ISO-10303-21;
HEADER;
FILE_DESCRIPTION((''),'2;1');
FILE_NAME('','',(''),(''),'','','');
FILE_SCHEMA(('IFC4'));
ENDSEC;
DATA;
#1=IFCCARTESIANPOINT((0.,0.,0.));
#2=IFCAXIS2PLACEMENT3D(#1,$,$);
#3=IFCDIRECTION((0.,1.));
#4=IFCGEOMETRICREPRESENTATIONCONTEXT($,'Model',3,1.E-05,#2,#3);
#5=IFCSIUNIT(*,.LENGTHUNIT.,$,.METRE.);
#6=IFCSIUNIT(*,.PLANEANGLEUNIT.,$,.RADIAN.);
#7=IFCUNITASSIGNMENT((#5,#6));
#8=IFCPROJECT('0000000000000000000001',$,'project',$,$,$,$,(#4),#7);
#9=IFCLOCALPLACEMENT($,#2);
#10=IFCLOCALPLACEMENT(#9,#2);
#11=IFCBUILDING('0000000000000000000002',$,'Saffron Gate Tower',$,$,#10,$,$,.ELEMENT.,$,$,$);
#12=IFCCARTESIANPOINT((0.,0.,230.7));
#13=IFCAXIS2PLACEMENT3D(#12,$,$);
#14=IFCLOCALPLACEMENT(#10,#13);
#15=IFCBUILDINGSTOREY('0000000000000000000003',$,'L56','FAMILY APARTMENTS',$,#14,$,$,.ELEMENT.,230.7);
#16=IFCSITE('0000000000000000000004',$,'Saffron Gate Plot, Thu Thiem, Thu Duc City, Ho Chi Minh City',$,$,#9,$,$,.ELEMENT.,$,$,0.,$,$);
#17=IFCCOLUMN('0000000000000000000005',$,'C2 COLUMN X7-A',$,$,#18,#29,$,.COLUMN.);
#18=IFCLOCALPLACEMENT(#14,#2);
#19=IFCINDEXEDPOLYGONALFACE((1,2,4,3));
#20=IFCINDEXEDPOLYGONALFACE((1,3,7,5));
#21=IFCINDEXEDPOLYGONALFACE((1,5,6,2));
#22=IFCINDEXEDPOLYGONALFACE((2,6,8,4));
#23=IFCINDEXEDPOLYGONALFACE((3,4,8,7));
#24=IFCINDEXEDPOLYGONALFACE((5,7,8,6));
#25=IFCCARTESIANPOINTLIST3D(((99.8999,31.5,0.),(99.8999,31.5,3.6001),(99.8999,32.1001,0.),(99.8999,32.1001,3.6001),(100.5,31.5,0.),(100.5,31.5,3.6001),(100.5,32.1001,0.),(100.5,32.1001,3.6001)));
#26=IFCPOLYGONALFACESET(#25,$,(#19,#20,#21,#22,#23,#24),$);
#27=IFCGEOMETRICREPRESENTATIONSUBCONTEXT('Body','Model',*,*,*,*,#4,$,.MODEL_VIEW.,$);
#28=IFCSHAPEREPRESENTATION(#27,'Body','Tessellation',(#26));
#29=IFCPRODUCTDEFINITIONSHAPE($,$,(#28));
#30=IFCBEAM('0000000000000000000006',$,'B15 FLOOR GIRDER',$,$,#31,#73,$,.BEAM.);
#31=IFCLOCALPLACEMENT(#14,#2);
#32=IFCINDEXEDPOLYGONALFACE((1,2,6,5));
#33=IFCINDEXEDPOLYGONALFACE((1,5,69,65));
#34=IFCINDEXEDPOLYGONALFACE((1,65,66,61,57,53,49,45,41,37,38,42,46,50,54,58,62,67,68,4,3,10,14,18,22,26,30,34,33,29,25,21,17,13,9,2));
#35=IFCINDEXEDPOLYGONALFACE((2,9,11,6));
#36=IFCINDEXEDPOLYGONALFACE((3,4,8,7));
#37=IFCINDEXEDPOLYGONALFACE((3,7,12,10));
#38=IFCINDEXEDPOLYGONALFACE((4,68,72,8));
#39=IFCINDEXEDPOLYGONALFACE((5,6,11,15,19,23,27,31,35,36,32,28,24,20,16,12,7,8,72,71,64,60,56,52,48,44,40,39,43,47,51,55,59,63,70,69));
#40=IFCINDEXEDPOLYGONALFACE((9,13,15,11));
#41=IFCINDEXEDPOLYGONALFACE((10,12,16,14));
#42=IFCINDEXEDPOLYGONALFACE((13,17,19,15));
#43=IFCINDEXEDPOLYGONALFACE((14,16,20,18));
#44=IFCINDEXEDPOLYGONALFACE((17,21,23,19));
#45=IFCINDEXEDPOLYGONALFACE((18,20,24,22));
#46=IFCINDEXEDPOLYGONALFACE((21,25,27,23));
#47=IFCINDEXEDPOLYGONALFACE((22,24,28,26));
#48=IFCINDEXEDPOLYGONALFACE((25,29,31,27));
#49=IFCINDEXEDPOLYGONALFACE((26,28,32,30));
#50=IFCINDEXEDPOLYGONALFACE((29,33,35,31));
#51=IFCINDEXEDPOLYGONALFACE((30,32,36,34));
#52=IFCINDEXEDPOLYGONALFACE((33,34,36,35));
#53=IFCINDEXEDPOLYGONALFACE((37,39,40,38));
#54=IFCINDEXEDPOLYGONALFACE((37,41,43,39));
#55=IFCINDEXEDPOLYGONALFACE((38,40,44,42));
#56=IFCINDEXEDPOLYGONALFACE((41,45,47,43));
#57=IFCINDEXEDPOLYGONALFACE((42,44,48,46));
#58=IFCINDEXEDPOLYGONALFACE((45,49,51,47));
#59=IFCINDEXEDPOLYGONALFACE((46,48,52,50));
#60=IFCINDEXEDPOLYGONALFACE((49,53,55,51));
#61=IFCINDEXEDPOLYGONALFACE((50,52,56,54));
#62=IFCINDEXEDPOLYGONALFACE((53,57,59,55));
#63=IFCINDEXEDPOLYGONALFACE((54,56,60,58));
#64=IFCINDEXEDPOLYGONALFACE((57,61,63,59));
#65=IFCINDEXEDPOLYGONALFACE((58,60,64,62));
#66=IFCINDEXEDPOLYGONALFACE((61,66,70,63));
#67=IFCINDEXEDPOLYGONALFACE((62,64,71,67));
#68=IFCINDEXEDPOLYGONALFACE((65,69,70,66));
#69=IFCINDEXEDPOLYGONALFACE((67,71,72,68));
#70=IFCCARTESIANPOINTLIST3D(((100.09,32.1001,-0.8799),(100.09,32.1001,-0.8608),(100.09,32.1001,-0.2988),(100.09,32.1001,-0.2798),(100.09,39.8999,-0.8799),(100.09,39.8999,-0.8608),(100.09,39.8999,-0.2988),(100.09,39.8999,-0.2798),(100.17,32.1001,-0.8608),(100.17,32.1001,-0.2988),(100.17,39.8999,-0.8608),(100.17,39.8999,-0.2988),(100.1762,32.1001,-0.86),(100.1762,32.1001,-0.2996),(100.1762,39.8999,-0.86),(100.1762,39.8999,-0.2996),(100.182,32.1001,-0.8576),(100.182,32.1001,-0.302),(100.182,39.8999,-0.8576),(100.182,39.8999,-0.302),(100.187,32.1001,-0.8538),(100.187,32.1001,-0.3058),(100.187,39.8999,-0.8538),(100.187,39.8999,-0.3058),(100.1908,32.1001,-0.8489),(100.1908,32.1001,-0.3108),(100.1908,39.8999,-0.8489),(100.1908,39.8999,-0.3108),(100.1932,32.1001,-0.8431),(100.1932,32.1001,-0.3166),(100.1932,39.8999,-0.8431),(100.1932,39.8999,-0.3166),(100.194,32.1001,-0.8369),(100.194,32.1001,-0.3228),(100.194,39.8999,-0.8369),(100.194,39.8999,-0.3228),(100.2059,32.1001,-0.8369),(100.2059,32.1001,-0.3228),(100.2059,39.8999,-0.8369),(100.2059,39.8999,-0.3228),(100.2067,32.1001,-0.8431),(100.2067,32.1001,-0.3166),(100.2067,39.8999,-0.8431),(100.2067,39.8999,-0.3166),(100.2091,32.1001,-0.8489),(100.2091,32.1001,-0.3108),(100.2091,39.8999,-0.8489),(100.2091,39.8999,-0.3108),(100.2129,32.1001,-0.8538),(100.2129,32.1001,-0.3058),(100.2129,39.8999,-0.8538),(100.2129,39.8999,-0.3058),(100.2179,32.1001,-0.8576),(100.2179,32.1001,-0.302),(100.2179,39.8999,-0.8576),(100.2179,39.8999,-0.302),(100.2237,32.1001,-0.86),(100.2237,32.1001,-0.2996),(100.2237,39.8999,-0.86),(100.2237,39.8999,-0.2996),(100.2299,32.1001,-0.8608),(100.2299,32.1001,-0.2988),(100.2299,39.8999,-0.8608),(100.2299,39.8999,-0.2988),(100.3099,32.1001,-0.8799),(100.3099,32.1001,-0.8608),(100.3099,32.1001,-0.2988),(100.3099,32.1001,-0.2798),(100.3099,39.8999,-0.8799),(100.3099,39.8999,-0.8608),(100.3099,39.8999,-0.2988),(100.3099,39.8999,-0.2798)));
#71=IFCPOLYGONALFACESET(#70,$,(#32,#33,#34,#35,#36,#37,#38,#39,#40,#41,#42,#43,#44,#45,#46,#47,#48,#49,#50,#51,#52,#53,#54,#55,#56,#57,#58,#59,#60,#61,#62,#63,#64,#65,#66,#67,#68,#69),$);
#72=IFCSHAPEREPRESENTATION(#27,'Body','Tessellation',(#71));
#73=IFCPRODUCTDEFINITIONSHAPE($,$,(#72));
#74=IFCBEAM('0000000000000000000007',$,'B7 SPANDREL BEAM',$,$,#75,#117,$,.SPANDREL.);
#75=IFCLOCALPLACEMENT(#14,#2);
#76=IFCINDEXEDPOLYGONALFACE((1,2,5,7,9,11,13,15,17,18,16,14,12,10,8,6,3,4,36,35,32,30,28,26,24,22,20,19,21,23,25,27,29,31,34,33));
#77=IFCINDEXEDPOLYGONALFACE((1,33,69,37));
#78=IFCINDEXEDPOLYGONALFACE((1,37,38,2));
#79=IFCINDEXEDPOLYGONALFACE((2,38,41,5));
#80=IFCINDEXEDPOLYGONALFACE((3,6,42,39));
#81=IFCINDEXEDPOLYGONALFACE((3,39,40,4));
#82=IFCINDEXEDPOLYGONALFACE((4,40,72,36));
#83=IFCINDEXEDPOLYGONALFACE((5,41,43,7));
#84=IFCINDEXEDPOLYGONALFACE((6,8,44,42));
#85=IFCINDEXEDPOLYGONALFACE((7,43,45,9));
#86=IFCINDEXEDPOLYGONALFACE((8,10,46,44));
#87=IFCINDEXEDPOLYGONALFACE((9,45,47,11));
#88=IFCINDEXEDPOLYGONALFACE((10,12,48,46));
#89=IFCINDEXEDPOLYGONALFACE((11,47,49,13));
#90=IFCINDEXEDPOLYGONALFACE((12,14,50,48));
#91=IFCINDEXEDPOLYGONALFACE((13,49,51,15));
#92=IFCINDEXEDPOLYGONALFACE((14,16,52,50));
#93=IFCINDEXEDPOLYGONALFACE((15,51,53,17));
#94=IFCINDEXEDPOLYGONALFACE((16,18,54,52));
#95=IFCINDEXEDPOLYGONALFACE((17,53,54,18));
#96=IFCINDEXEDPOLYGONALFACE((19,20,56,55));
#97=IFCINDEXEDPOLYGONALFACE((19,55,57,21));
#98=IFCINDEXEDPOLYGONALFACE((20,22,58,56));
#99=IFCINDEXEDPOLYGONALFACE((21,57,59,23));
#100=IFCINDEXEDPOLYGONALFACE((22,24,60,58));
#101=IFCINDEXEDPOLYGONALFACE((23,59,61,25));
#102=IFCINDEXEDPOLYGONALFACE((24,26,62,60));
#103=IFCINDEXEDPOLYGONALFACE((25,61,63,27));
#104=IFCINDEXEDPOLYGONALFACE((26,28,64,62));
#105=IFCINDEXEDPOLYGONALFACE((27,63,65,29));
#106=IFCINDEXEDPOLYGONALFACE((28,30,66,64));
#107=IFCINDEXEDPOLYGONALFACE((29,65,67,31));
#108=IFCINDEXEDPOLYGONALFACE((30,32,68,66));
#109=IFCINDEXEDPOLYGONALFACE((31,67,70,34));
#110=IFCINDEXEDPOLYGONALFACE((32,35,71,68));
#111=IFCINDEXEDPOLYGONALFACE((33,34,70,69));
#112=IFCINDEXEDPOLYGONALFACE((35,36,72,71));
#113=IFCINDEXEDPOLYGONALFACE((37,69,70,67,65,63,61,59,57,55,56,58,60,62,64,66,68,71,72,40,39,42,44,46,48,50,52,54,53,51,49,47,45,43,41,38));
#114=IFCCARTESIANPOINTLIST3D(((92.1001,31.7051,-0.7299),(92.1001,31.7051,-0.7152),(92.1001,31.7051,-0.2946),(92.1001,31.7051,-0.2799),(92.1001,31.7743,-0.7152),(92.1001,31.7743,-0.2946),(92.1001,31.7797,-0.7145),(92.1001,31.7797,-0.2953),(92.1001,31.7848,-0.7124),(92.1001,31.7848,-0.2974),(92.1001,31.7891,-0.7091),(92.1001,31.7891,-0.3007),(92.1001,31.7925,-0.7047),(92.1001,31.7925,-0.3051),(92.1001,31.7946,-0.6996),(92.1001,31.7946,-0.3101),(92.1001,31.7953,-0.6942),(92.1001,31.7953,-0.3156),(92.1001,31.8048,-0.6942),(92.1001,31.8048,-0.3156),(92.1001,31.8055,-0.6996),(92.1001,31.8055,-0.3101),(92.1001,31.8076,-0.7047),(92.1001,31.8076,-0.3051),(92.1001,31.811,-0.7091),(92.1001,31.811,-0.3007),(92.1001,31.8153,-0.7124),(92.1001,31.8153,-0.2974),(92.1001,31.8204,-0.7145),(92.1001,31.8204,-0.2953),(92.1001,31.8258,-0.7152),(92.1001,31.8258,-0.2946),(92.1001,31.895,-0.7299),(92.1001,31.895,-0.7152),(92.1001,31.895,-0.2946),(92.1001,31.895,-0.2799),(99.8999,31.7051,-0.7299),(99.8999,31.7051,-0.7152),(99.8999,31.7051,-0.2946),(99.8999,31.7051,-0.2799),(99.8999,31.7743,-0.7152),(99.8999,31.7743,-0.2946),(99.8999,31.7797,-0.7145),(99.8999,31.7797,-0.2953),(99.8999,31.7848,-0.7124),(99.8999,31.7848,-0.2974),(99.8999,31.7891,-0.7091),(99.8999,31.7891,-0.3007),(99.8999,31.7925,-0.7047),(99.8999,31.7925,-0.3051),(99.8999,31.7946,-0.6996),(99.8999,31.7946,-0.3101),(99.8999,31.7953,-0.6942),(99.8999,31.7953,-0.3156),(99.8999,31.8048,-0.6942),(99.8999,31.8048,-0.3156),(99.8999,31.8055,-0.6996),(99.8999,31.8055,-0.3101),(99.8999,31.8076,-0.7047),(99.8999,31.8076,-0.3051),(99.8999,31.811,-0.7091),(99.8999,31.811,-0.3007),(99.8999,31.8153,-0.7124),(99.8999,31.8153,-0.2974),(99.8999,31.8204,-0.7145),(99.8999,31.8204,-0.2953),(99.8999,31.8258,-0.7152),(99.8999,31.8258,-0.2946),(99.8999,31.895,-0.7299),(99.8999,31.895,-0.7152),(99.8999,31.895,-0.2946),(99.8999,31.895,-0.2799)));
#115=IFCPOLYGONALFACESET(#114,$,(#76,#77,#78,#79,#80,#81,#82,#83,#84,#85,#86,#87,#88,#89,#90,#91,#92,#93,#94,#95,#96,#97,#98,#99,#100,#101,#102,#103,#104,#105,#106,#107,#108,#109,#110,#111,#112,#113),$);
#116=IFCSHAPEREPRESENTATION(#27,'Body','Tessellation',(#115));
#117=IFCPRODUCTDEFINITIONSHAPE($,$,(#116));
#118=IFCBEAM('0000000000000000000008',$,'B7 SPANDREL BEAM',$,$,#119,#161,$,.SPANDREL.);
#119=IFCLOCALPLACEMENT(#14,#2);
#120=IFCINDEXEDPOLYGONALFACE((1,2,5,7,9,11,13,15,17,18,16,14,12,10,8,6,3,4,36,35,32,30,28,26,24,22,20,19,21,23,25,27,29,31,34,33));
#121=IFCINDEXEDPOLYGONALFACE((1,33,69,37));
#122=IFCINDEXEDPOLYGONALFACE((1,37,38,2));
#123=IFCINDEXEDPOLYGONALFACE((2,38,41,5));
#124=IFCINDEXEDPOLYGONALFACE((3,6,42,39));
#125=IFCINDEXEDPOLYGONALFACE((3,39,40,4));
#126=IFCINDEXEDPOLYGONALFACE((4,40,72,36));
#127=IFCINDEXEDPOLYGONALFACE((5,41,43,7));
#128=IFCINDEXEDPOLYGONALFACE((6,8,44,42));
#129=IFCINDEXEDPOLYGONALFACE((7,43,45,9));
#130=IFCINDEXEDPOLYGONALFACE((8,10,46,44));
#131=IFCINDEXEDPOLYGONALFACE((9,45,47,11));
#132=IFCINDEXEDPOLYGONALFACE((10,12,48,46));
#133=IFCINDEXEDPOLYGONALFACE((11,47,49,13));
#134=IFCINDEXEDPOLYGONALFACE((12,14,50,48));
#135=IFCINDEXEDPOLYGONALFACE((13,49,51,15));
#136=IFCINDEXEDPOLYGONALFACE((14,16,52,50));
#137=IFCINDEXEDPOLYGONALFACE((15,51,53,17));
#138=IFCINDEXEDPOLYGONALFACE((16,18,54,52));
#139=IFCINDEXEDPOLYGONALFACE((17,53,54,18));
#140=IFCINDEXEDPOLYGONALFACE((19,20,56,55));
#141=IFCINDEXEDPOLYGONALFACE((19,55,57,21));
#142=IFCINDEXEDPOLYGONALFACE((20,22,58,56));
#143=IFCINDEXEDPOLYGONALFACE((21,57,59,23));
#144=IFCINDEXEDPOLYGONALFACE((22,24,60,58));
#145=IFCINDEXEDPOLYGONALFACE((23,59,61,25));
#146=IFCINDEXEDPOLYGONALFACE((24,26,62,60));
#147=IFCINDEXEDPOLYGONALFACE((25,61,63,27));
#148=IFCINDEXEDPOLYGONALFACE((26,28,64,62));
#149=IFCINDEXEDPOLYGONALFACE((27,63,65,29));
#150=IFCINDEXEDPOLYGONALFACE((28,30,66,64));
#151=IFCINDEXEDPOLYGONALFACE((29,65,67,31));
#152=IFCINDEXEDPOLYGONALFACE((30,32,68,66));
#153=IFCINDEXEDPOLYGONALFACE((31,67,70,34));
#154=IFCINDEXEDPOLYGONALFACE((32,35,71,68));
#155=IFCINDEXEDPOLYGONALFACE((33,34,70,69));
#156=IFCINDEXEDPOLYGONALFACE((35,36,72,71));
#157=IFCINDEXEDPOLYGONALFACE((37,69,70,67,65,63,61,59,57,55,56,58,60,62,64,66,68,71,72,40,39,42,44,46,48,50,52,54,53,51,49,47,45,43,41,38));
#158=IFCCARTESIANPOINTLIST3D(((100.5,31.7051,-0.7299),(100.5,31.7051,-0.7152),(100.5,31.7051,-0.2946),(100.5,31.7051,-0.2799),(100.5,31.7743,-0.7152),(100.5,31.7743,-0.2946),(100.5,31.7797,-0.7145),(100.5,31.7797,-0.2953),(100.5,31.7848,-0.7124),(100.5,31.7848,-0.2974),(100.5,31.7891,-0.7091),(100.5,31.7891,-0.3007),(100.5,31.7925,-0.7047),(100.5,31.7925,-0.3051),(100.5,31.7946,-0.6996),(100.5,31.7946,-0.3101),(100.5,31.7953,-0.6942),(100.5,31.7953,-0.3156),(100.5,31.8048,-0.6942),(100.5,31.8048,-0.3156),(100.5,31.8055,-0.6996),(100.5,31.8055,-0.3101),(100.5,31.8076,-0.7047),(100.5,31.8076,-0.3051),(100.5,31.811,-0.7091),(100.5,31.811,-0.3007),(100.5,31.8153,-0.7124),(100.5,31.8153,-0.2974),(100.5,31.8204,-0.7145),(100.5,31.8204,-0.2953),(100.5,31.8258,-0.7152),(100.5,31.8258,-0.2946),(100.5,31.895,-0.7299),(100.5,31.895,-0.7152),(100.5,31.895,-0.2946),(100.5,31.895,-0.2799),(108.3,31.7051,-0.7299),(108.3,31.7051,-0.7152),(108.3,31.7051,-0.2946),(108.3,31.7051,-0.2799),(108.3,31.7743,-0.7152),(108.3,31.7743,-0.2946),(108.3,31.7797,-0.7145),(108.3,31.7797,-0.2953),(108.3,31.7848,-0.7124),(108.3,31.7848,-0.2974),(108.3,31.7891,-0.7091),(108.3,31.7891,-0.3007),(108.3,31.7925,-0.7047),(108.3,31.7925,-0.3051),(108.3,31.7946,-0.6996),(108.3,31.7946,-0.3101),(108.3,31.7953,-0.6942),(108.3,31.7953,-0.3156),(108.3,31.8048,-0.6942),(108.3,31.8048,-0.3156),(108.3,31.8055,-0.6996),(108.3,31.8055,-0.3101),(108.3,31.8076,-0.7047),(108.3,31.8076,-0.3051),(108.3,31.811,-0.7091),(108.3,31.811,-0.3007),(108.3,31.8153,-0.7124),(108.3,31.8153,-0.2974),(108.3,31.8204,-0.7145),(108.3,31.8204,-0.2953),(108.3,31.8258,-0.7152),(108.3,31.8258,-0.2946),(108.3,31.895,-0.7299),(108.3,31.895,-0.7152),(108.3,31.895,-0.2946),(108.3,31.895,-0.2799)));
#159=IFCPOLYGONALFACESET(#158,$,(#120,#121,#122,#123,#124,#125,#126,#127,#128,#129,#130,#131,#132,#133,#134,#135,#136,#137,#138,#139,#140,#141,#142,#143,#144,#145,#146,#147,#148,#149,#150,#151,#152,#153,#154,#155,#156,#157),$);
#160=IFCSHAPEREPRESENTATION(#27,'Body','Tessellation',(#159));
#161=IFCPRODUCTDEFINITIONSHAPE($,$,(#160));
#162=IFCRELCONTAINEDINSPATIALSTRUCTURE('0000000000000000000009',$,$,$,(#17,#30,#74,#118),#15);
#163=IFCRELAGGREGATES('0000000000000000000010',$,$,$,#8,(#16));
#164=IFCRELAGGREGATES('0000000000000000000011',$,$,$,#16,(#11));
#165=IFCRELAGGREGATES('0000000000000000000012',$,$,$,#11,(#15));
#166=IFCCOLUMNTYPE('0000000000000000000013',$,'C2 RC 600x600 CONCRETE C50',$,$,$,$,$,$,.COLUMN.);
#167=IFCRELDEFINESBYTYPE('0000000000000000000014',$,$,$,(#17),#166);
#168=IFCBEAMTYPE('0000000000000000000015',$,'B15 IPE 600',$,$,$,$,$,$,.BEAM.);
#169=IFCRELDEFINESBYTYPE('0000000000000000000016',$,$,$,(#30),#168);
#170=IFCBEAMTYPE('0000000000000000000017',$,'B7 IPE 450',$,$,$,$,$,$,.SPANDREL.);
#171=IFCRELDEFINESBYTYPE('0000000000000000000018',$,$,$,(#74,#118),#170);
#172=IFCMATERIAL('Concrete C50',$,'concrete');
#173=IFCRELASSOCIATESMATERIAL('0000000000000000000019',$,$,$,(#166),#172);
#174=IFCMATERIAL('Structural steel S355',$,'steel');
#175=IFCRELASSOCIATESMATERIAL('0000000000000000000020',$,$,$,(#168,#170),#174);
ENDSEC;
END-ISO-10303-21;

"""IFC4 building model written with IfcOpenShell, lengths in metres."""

from ifc_helpers import new_model, si_unit, direction, frame, origin, origin_2d, place, context, subcontext, project, spatial, rectangle, i_section, extrude, material, material_profile, profile_set, type_object, element, save


model = new_model("IFC4")

# Units and contexts
model_context = context("Model", 3, precision=1e-05, world=origin(), true_north=direction((0.0, 1.0)))
body_context = subcontext(model_context, "Body", "Model", "MODEL_VIEW")
ifc_project = project(units=[si_unit("LENGTHUNIT", "METRE"), si_unit("PLANEANGLEUNIT", "RADIAN")], contexts=[model_context])

# Site, building, storey
site_placement = place(None, origin())
site = spatial("IfcSite", under=ifc_project, at=site_placement, Name="Saffron Gate Plot, Thu Thiem, Thu Duc City, Ho Chi Minh City", CompositionType="ELEMENT", RefElevation=0.0)
building_placement = place(site_placement, origin())
building = spatial("IfcBuilding", under=site, at=building_placement, Name="Saffron Gate Tower", CompositionType="ELEMENT")
storey_placement = place(building_placement, frame((0.0, 0.0, 230.7)))
storey = spatial("IfcBuildingStorey", under=building, at=storey_placement, Name="L56", Description="FAMILY APARTMENTS", CompositionType="ELEMENT", Elevation=230.7)

# Column
ifc_material_1 = material(Name="Concrete C50", Category="concrete")
ifc_material_profile_1 = material_profile(ifc_material_1, rectangle(XDim=0.6001, YDim=0.6001, at=origin_2d()))
ifc_profile_set_1 = profile_set([ifc_material_profile_1], Name="Concrete C50")
column_type = type_object("IfcColumnType", Name="C2 RC 600x600 CONCRETE C50", PredefinedType="COLUMN", material=ifc_profile_set_1)
column_placement = place(storey_placement, frame((100.2, 31.8, 0.0), z_axis=(0.0, 0.0, 1.0), x_axis=(1.0, 0.0, 0.0)))
element("IfcColumn", 1, at=column_placement, inside=storey, type_object=column_type, Name="C2 COLUMN X7-A", PredefinedType="COLUMN", context=body_context, shape_type="SweptSolid", body=[
    extrude(rectangle(XDim=0.6001, YDim=0.6001, at=origin_2d()), origin(), (0.0, 0.0, 1.0), 3.6001),
])

# Beams
ifc_material_2 = material(Name="Structural steel S355", Category="steel")
ifc_material_profile_2 = material_profile(ifc_material_2, i_section(OverallWidth=0.22, OverallDepth=0.6001, WebThickness=0.012, FlangeThickness=0.019, FilletRadius=0.0239, at=origin_2d()))
ifc_profile_set_2 = profile_set([ifc_material_profile_2], Name="Structural steel S355")
beam_type_1 = type_object("IfcBeamType", Name="B15 IPE 600", PredefinedType="BEAM", material=ifc_profile_set_2)
beam_1_placement = place(storey_placement, frame((100.2, 32.1001, -0.5798), z_axis=(0.0, 1.0, 0.0), x_axis=(-1.0, 0.0, 0.0)))
element("IfcBeam", 2, at=beam_1_placement, inside=storey, type_object=beam_type_1, Name="B15 FLOOR GIRDER", PredefinedType="BEAM", context=body_context, shape_type="SweptSolid", body=[
    extrude(i_section(OverallWidth=0.22, OverallDepth=0.6001, WebThickness=0.012, FlangeThickness=0.019, FilletRadius=0.0239, at=origin_2d()), origin(), (0.0, 0.0, 1.0), 7.7998),
])
ifc_material_profile_3 = material_profile(ifc_material_2, i_section(OverallWidth=0.1899, OverallDepth=0.45, WebThickness=0.0095, FlangeThickness=0.0146, FilletRadius=0.021, at=origin_2d()))
ifc_profile_set_3 = profile_set([ifc_material_profile_3], Name="Structural steel S355")
beam_type_2 = type_object("IfcBeamType", Name="B7 IPE 450", PredefinedType="SPANDREL", material=ifc_profile_set_3)
beam_2_placement = place(storey_placement, frame((92.1001, 31.8, -0.5049), z_axis=(1.0, 0.0, 0.0), x_axis=(0.0, 1.0, 0.0)))
element("IfcBeam", 3, at=beam_2_placement, inside=storey, type_object=beam_type_2, Name="B7 SPANDREL BEAM", PredefinedType="SPANDREL", context=body_context, shape_type="SweptSolid", body=[
    extrude(i_section(OverallWidth=0.1899, OverallDepth=0.45, WebThickness=0.0095, FlangeThickness=0.0146, FilletRadius=0.021, at=origin_2d()), origin(), (0.0, 0.0, 1.0), 7.7998),
])
beam_3_placement = place(storey_placement, frame((100.5, 31.8, -0.5049), z_axis=(1.0, 0.0, 0.0), x_axis=(0.0, 1.0, 0.0)))
element("IfcBeam", 4, at=beam_3_placement, inside=storey, type_object=beam_type_2, Name="B7 SPANDREL BEAM", PredefinedType="SPANDREL", context=body_context, shape_type="SweptSolid", body=[
    extrude(i_section(OverallWidth=0.1899, OverallDepth=0.45, WebThickness=0.0095, FlangeThickness=0.0146, FilletRadius=0.021, at=origin_2d()), origin(), (0.0, 0.0, 1.0), 7.8),
])

save(model, "model.ifc")
